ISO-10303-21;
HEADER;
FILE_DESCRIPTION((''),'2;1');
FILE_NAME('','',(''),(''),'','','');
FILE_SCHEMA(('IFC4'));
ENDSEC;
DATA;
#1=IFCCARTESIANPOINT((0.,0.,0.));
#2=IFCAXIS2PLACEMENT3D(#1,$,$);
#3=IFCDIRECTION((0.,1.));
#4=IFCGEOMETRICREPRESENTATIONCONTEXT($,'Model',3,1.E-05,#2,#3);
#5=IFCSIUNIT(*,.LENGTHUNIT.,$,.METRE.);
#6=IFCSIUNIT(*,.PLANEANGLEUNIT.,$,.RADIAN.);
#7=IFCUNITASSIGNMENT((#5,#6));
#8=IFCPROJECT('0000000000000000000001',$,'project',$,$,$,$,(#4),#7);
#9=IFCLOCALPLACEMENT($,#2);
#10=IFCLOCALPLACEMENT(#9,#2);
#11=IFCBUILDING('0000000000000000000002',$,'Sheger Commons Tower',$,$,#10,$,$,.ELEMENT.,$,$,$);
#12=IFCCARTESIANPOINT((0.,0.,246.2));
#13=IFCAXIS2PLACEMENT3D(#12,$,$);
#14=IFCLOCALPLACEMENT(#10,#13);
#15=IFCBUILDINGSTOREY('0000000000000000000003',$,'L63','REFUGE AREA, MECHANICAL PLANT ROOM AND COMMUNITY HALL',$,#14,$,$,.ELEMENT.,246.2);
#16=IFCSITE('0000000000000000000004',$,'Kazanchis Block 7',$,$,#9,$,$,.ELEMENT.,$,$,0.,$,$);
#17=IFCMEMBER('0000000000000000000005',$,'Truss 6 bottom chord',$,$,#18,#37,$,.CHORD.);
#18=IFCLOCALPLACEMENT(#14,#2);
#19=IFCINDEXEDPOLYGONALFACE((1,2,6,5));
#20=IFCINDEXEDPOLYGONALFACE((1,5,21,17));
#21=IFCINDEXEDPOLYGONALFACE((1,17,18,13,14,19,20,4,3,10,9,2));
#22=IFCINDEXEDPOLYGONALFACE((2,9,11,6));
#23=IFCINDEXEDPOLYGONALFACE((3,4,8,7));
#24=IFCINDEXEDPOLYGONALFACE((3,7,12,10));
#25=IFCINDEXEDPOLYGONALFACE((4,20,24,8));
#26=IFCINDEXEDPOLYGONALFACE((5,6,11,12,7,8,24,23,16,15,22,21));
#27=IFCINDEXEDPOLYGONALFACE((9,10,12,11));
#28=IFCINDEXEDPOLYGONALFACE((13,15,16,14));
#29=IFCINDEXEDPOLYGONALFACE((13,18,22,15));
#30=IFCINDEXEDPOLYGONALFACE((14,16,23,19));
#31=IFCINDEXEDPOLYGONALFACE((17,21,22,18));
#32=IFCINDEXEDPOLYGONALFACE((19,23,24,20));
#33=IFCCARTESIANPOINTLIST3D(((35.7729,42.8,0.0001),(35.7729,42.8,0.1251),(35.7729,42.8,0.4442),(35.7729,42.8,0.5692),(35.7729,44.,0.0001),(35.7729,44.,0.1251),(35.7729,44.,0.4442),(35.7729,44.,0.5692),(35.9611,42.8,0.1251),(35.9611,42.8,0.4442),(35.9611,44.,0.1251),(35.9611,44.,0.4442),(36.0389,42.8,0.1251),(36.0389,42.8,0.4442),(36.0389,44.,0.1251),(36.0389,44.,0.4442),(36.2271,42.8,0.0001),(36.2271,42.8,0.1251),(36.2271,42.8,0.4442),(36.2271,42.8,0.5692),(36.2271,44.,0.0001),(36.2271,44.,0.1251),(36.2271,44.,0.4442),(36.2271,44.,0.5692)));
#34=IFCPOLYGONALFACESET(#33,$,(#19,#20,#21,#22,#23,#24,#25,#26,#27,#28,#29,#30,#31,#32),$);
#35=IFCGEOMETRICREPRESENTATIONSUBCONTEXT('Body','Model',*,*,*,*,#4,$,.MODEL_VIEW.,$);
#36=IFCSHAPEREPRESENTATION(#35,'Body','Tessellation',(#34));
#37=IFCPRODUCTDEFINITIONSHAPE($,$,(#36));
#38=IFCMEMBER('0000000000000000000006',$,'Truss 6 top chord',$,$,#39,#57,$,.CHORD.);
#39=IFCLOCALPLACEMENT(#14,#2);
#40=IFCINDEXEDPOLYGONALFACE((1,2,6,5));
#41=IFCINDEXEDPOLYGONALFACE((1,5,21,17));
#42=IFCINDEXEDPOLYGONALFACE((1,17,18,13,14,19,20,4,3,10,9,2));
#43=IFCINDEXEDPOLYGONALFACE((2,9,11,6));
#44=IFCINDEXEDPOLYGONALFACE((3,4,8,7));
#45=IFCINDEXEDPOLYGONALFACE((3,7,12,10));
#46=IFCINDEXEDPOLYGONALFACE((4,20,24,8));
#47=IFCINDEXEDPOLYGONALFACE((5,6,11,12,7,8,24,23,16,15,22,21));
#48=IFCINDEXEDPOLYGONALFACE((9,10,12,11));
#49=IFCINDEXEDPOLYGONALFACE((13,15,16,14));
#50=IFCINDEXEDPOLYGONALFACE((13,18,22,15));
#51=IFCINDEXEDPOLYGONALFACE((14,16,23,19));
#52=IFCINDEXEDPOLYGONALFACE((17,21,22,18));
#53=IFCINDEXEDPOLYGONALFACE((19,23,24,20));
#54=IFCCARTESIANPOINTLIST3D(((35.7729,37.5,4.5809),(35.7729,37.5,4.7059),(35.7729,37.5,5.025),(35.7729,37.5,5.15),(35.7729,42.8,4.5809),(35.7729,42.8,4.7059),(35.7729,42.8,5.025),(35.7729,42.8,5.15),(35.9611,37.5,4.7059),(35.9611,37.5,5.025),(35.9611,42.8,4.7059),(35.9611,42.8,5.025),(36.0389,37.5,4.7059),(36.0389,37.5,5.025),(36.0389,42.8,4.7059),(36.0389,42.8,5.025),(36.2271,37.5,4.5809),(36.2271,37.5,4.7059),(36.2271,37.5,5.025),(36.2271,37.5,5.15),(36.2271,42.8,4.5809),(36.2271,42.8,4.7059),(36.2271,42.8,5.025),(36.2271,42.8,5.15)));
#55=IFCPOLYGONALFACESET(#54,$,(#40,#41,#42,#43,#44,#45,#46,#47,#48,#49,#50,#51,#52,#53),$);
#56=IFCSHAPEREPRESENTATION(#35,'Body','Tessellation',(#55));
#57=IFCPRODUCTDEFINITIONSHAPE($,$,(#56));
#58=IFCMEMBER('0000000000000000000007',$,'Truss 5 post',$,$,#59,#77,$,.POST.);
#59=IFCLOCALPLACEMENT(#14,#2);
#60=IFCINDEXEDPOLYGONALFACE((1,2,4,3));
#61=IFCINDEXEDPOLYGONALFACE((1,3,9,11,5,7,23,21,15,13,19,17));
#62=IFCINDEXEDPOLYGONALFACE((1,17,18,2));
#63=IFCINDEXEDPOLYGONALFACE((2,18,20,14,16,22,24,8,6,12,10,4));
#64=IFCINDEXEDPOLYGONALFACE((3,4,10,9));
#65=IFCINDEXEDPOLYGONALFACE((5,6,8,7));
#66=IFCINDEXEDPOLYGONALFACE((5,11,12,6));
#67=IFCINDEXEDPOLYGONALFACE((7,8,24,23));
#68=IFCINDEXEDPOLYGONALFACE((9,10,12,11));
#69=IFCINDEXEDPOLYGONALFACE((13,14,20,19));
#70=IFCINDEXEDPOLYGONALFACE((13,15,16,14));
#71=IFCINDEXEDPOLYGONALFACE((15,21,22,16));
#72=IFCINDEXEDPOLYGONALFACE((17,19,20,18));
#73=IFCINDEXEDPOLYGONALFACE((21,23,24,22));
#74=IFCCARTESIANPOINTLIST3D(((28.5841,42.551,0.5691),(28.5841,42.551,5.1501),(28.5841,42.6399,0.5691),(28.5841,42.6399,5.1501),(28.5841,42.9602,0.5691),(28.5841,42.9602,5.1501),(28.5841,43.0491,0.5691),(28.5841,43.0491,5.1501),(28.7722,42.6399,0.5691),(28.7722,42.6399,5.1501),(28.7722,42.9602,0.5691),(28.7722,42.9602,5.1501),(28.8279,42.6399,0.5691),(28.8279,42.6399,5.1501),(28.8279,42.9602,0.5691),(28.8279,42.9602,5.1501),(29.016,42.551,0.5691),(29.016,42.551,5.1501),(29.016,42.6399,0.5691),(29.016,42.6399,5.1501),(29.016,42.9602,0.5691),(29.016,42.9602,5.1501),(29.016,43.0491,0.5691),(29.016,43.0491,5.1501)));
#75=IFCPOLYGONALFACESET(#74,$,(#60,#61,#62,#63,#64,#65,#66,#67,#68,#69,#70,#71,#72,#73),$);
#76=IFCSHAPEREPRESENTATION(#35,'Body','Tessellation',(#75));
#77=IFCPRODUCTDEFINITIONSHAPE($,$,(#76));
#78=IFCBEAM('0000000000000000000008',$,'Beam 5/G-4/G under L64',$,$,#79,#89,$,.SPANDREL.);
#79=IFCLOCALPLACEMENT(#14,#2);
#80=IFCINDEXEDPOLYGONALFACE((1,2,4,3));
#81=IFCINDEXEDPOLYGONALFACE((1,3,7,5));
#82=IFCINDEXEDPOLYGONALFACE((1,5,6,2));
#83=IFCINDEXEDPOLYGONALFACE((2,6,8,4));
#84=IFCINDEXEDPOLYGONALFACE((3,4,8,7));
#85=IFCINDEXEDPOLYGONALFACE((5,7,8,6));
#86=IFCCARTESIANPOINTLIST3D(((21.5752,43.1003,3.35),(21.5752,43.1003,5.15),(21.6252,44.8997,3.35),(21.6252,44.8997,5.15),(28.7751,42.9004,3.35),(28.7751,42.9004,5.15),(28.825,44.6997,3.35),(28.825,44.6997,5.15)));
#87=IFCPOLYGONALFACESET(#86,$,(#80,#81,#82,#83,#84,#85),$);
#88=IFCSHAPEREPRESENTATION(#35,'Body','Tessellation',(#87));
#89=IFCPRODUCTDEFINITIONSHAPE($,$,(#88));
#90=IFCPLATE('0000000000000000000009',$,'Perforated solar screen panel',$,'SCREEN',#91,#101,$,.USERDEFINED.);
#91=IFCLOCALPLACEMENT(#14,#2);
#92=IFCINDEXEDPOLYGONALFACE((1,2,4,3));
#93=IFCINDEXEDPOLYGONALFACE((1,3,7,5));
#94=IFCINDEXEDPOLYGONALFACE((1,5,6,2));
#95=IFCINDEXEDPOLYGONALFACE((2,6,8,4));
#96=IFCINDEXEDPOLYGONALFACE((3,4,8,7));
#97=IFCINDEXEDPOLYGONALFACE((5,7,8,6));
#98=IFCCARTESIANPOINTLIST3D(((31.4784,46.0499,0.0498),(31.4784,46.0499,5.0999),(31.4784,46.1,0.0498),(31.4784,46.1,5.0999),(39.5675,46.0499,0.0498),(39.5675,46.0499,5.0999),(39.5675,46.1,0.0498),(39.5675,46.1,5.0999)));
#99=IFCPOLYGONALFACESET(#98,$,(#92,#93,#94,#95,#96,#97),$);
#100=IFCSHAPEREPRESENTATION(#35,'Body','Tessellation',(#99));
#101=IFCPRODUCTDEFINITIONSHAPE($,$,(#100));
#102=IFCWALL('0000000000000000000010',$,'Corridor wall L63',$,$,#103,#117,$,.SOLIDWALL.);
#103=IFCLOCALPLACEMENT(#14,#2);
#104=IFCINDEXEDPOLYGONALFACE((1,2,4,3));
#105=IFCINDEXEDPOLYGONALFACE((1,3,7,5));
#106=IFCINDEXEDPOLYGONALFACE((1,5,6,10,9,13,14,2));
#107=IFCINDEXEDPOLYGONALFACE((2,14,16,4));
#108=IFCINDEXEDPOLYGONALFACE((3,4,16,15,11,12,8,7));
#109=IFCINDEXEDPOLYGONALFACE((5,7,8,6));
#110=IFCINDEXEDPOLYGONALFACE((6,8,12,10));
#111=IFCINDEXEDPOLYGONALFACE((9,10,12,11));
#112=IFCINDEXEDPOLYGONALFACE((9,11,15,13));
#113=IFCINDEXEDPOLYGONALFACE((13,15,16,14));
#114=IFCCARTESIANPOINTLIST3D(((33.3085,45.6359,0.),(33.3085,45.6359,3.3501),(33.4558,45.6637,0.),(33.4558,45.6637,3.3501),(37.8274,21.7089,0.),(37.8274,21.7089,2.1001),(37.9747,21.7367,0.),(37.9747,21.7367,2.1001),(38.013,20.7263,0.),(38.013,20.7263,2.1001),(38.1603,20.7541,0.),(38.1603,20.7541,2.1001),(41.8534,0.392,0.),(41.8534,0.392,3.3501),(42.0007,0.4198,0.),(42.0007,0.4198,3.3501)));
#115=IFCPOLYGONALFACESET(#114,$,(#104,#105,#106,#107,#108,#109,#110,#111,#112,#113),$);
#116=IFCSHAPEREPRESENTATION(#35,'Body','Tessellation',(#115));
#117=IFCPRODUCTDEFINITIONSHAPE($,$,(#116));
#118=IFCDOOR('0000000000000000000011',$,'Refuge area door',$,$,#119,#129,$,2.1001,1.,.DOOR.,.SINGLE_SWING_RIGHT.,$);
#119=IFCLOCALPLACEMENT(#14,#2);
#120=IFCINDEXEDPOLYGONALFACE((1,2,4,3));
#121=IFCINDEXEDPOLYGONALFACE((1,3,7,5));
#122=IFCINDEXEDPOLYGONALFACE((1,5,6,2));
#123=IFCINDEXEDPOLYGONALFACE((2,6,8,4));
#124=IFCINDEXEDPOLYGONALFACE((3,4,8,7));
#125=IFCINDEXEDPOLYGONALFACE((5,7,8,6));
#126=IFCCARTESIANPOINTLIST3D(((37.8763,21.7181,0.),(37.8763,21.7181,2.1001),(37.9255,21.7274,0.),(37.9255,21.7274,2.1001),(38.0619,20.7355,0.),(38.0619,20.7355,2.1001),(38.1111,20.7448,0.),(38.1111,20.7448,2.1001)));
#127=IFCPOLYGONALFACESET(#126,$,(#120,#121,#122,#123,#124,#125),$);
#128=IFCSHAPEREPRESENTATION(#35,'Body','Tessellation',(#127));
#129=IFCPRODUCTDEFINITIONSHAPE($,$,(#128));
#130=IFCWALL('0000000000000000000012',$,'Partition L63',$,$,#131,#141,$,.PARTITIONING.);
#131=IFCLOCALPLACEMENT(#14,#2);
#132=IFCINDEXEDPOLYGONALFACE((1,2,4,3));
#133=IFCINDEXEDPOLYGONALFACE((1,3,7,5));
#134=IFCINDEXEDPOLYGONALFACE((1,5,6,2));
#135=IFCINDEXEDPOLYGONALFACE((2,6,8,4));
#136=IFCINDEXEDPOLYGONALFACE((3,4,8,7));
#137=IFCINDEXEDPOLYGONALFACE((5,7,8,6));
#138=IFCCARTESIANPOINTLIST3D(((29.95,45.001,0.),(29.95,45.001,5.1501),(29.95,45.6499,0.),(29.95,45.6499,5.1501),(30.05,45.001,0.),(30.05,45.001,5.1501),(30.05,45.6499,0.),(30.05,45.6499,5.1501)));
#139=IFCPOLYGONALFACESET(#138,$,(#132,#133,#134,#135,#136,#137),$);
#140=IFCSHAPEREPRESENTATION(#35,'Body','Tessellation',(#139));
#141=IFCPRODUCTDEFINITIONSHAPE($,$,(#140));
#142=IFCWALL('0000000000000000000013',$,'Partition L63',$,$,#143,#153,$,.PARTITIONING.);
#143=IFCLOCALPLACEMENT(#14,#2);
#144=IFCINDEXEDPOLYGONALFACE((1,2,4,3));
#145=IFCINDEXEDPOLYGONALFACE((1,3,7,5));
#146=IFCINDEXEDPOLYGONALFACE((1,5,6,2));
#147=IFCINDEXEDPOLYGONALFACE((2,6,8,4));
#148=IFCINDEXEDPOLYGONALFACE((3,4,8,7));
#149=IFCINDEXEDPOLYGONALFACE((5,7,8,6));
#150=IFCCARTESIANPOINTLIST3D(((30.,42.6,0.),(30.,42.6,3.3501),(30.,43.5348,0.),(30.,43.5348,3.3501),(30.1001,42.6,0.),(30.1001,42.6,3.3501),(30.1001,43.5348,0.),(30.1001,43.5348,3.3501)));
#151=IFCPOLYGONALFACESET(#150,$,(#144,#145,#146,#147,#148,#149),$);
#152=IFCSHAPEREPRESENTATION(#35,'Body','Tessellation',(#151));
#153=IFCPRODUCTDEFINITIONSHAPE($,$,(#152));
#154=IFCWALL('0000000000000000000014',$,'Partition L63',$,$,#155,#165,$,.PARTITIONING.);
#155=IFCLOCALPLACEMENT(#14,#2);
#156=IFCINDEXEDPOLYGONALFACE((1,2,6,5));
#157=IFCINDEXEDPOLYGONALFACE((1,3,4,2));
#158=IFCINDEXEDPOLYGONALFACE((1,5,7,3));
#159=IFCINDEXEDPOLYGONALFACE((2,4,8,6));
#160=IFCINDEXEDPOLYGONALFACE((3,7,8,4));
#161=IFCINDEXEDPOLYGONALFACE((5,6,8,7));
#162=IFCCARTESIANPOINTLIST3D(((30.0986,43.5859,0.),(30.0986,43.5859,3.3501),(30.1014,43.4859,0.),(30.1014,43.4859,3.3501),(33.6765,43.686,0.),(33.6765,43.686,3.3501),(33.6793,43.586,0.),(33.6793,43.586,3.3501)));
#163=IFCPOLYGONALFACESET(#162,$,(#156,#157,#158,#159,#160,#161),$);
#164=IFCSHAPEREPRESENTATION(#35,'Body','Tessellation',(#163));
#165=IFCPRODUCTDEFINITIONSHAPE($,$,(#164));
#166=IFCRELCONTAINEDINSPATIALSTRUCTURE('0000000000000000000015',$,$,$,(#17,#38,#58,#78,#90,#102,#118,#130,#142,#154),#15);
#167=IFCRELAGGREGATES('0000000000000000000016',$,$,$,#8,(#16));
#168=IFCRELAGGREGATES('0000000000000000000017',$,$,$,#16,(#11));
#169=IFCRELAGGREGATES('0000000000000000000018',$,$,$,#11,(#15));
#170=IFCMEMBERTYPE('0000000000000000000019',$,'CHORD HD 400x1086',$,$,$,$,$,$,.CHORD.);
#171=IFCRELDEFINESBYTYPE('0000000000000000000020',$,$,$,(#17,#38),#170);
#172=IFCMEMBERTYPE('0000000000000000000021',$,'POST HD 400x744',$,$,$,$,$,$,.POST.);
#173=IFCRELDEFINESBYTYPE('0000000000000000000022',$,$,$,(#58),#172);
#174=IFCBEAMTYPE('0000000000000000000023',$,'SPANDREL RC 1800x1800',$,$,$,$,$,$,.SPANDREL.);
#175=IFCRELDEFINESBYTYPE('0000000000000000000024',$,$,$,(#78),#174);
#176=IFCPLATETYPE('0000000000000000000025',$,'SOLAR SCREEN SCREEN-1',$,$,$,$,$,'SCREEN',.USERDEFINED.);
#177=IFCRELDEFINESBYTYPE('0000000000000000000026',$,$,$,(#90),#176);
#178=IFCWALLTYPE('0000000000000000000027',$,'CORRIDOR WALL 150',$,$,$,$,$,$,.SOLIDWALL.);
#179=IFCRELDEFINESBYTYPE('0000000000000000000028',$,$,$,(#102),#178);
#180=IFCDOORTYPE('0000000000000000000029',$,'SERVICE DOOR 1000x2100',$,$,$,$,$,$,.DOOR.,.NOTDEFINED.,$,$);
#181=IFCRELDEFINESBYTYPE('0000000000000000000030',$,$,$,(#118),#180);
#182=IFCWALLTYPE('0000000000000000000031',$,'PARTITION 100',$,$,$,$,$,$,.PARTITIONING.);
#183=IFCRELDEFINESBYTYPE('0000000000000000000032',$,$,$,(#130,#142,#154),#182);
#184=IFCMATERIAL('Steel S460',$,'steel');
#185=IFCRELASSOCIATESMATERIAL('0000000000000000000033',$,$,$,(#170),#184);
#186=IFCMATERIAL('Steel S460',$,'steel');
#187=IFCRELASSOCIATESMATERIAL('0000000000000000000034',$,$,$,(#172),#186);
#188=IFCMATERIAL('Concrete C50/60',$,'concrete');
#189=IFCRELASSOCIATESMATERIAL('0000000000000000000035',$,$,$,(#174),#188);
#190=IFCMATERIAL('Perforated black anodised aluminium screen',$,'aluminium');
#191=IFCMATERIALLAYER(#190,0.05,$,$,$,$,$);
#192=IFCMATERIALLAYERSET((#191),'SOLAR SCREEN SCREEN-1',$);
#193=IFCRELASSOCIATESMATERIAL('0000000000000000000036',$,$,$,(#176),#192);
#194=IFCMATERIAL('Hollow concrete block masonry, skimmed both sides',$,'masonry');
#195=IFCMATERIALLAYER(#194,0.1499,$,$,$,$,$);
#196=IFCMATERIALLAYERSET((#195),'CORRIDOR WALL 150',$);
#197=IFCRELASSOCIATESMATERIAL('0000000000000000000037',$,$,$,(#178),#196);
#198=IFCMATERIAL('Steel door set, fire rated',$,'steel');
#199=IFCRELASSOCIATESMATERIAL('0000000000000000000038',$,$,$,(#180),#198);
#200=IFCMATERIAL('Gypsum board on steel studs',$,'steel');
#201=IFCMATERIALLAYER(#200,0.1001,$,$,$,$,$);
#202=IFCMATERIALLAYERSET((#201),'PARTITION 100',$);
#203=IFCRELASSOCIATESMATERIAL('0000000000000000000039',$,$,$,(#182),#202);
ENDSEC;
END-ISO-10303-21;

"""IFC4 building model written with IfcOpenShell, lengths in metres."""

from ifc_helpers import new_model, si_unit, direction, frame, frame_2d, origin, origin_2d, place, context, subcontext, project, spatial, rectangle, i_section, extrude, material, layer, layer_set, material_profile, profile_set, type_object, element, fill, save


model = new_model("IFC4")

# Units and contexts
model_context = context("Model", 3, precision=1e-05, world=origin(), true_north=direction((0.0, 1.0)))
body_context = subcontext(model_context, "Body", "Model", "MODEL_VIEW")
ifc_project = project(units=[si_unit("LENGTHUNIT", "METRE"), si_unit("PLANEANGLEUNIT", "RADIAN")], contexts=[model_context])

# Site, building, storey
site_placement = place(None, origin())
site = spatial("IfcSite", under=ifc_project, at=site_placement, Name="Kazanchis Block 7", CompositionType="ELEMENT", RefElevation=0.0)
building_placement = place(site_placement, origin())
building = spatial("IfcBuilding", under=site, at=building_placement, Name="Sheger Commons Tower", CompositionType="ELEMENT")
storey_placement = place(building_placement, frame((0.0, 0.0, 246.2)))
storey = spatial("IfcBuildingStorey", under=building, at=storey_placement, Name="L63", Description="REFUGE AREA, MECHANICAL PLANT ROOM AND COMMUNITY HALL", CompositionType="ELEMENT", Elevation=246.2)

# Members
ifc_material_1 = material(Name="Steel S460", Category="steel")
ifc_material_profile_1 = material_profile(ifc_material_1, i_section(OverallWidth=0.4541, OverallDepth=0.5691, WebThickness=0.0779, FlangeThickness=0.125, at=origin_2d()), Name="HD 400x1086")
ifc_profile_set_1 = profile_set([ifc_material_profile_1], Name="Steel S460")
member_type_1 = type_object("IfcMemberType", Name="CHORD HD 400x1086", PredefinedType="CHORD", material=ifc_profile_set_1)
member_1_placement = place(storey_placement, frame((36.0, 42.8, 0.2847), z_axis=(0.0, 1.0, 0.0), x_axis=(-1.0, 0.0, 0.0)))
element("IfcMember", 1, at=member_1_placement, inside=storey, type_object=member_type_1, Name="Truss 6 bottom chord", PredefinedType="CHORD", context=body_context, shape_type="SweptSolid", body=[
    extrude(i_section(OverallWidth=0.4541, OverallDepth=0.5691, WebThickness=0.0779, FlangeThickness=0.125, at=origin_2d()), origin(), (0.0, 0.0, 1.0), 1.2),
])
member_2_placement = place(storey_placement, frame((36.0, 37.5, 4.8655), z_axis=(0.0, 1.0, 0.0), x_axis=(-1.0, 0.0, 0.0)))
element("IfcMember", 2, at=member_2_placement, inside=storey, type_object=member_type_1, Name="Truss 6 top chord", PredefinedType="CHORD", context=body_context, shape_type="SweptSolid", body=[
    extrude(i_section(OverallWidth=0.4541, OverallDepth=0.5691, WebThickness=0.0779, FlangeThickness=0.125, at=origin_2d()), origin(), (0.0, 0.0, 1.0), 5.3),
])
ifc_material_2 = material(Name="Steel S460", Category="steel")
ifc_material_profile_2 = material_profile(ifc_material_2, i_section(OverallWidth=0.4319, OverallDepth=0.498, WebThickness=0.0557, FlangeThickness=0.0889, at=origin_2d()), Name="HD 400x744")
ifc_profile_set_2 = profile_set([ifc_material_profile_2], Name="Steel S460")
member_type_2 = type_object("IfcMemberType", Name="POST HD 400x744", PredefinedType="POST", material=ifc_profile_set_2)
member_3_placement = place(storey_placement, frame((28.8, 42.8, 0.5691), z_axis=(0.0, 0.0, 1.0), x_axis=(1.0, 0.0, 0.0)))
element("IfcMember", 3, at=member_3_placement, inside=storey, type_object=member_type_2, Name="Truss 5 post", PredefinedType="POST", context=body_context, shape_type="SweptSolid", body=[
    extrude(i_section(OverallWidth=0.4319, OverallDepth=0.498, WebThickness=0.0557, FlangeThickness=0.0889, at=origin_2d()), origin(), (0.0, 0.0, 1.0), 4.5811),
])

# Beam
ifc_material_3 = material(Name="Concrete C50/60", Category="concrete")
ifc_material_profile_3 = material_profile(ifc_material_3, rectangle(XDim=1.8, YDim=1.8, at=origin_2d()), Name="RC 1800x1800")
ifc_profile_set_3 = profile_set([ifc_material_profile_3], Name="Concrete C50/60")
beam_type = type_object("IfcBeamType", Name="SPANDREL RC 1800x1800", PredefinedType="SPANDREL", material=ifc_profile_set_3)
beam_placement = place(storey_placement, frame((28.8, 43.8, 4.25), z_axis=(-0.999615, 0.02776, 0.0), x_axis=(-0.02776, -0.999615, 0.0)))
element("IfcBeam", 4, at=beam_placement, inside=storey, type_object=beam_type, Name="Beam 5/G-4/G under L64", PredefinedType="SPANDREL", context=body_context, shape_type="SweptSolid", body=[
    extrude(rectangle(XDim=1.8, YDim=1.8, at=origin_2d()), origin(), (0.0, 0.0, 1.0), 7.2026),
])

# Plate
ifc_material_4 = material(Name="Perforated black anodised aluminium screen", Category="aluminium")
ifc_layer_1 = layer(ifc_material_4, 0.05)
ifc_layer_set_1 = layer_set([ifc_layer_1], Name="SOLAR SCREEN SCREEN-1")
plate_type = type_object("IfcPlateType", Name="SOLAR SCREEN SCREEN-1", ElementType="SCREEN", PredefinedType="USERDEFINED", material=ifc_layer_set_1)
plate_placement = place(storey_placement, frame((35.5229, 46.075, 0.0498), z_axis=(0.0, 0.0, 1.0), x_axis=(-1.0, 0.0, 0.0)))
element("IfcPlate", 5, at=plate_placement, inside=storey, type_object=plate_type, Name="Perforated solar screen panel", ObjectType="SCREEN", PredefinedType="USERDEFINED", context=body_context, shape_type="SweptSolid", body=[
    extrude(rectangle(XDim=8.0891, YDim=0.05, at=origin_2d()), origin(), (0.0, 0.0, 1.0), 5.05),
])

# Wall, opening, door
ifc_material_5 = material(Name="Hollow concrete block masonry, skimmed both sides", Category="masonry")
ifc_layer_2 = layer(ifc_material_5, 0.1499)
ifc_layer_set_2 = layer_set([ifc_layer_2], Name="CORRIDOR WALL 150")
wall_type_1 = type_object("IfcWallType", Name="CORRIDOR WALL 150", PredefinedType="SOLIDWALL", material=ifc_layer_set_2)
wall_1_placement = place(storey_placement, frame((33.3821, 45.6499, 0.0), z_axis=(0.0, 0.0, 1.0), x_axis=(0.185583, -0.982629, 0.0)))
wall_1 = element("IfcWall", 6, at=wall_1_placement, inside=storey, type_object=wall_type_1, Name="Corridor wall L63", PredefinedType="SOLIDWALL", context=body_context, shape_type="SweptSolid", body=[
    extrude(rectangle(XDim=46.0437, YDim=0.1499, at=frame_2d((23.022, 0.0))), origin(), (0.0, 0.0, 1.0), 3.3501),
])
opening_placement = place(wall_1_placement, frame((24.3501, 0.0, 0.0)))
opening = element("IfcOpeningElement", 7, at=opening_placement, cuts=wall_1, PredefinedType="OPENING", context=body_context, shape_type="SweptSolid", body=[
    extrude(rectangle(XDim=1.0, YDim=2.1001, at=frame_2d((0.5, 1.05))), frame((0.0, 0.085, 0.0), z_axis=(0.0, -1.0, 0.0), x_axis=(1.0, 0.0, 0.0)), (0.0, 0.0, 1.0), 0.1699),
])
ifc_material_6 = material(Name="Steel door set, fire rated", Category="steel")
door_type = type_object("IfcDoorType", Name="SERVICE DOOR 1000x2100", OperationType="NOTDEFINED", PredefinedType="DOOR", material=ifc_material_6)
door_placement = place(opening_placement, origin())
door = element("IfcDoor", 8, at=door_placement, inside=storey, type_object=door_type, Name="Refuge area door", OperationType="SINGLE_SWING_RIGHT", OverallHeight=2.1001, OverallWidth=1.0, PredefinedType="DOOR", context=body_context, shape_type="SweptSolid", body=[
    extrude(rectangle(XDim=1.0, YDim=2.1001, at=frame_2d((0.5, 1.05))), frame((0.0, 0.0249, 0.0), z_axis=(0.0, -1.0, 0.0), x_axis=(1.0, 0.0, 0.0)), (0.0, 0.0, 1.0), 0.05),
])
fill(opening, door)

# Walls
ifc_material_7 = material(Name="Gypsum board on steel studs", Category="steel")
ifc_layer_3 = layer(ifc_material_7, 0.1001)
ifc_layer_set_3 = layer_set([ifc_layer_3], Name="PARTITION 100")
wall_type_2 = type_object("IfcWallType", Name="PARTITION 100", PredefinedType="PARTITIONING", material=ifc_layer_set_3)
wall_2_placement = place(storey_placement, frame((30.0, 45.001, 0.0), z_axis=(0.0, 0.0, 1.0), x_axis=(0.0, 1.0, 0.0)))
element("IfcWall", 9, at=wall_2_placement, inside=storey, type_object=wall_type_2, Name="Partition L63", PredefinedType="PARTITIONING", context=body_context, shape_type="SweptSolid", body=[
    extrude(rectangle(XDim=0.6489, YDim=0.1001, at=frame_2d((0.3245, 0.0))), origin(), (0.0, 0.0, 1.0), 5.1501),
])
wall_3_placement = place(storey_placement, frame((30.05, 42.6001, 0.0), z_axis=(0.0, 0.0, 1.0), x_axis=(0.0, 1.0, 0.0)))
element("IfcWall", 10, at=wall_3_placement, inside=storey, type_object=wall_type_2, Name="Partition L63", PredefinedType="PARTITIONING", context=body_context, shape_type="SweptSolid", body=[
    extrude(rectangle(XDim=0.9348, YDim=0.1001, at=frame_2d((0.4673, 0.0))), origin(), (0.0, 0.0, 1.0), 3.3501),
])
wall_4_placement = place(storey_placement, frame((30.1001, 43.5359, 0.0), z_axis=(0.0, 0.0, 1.0), x_axis=(0.999609, 0.027966, 0.0)))
element("IfcWall", 11, at=wall_4_placement, inside=storey, type_object=wall_type_2, Name="Partition L63", PredefinedType="PARTITIONING", context=body_context, shape_type="SweptSolid", body=[
    extrude(rectangle(XDim=3.5793, YDim=0.1001, at=frame_2d((1.7896, 0.0))), origin(), (0.0, 0.0, 1.0), 3.3501),
])

save(model, "model.ifc")
